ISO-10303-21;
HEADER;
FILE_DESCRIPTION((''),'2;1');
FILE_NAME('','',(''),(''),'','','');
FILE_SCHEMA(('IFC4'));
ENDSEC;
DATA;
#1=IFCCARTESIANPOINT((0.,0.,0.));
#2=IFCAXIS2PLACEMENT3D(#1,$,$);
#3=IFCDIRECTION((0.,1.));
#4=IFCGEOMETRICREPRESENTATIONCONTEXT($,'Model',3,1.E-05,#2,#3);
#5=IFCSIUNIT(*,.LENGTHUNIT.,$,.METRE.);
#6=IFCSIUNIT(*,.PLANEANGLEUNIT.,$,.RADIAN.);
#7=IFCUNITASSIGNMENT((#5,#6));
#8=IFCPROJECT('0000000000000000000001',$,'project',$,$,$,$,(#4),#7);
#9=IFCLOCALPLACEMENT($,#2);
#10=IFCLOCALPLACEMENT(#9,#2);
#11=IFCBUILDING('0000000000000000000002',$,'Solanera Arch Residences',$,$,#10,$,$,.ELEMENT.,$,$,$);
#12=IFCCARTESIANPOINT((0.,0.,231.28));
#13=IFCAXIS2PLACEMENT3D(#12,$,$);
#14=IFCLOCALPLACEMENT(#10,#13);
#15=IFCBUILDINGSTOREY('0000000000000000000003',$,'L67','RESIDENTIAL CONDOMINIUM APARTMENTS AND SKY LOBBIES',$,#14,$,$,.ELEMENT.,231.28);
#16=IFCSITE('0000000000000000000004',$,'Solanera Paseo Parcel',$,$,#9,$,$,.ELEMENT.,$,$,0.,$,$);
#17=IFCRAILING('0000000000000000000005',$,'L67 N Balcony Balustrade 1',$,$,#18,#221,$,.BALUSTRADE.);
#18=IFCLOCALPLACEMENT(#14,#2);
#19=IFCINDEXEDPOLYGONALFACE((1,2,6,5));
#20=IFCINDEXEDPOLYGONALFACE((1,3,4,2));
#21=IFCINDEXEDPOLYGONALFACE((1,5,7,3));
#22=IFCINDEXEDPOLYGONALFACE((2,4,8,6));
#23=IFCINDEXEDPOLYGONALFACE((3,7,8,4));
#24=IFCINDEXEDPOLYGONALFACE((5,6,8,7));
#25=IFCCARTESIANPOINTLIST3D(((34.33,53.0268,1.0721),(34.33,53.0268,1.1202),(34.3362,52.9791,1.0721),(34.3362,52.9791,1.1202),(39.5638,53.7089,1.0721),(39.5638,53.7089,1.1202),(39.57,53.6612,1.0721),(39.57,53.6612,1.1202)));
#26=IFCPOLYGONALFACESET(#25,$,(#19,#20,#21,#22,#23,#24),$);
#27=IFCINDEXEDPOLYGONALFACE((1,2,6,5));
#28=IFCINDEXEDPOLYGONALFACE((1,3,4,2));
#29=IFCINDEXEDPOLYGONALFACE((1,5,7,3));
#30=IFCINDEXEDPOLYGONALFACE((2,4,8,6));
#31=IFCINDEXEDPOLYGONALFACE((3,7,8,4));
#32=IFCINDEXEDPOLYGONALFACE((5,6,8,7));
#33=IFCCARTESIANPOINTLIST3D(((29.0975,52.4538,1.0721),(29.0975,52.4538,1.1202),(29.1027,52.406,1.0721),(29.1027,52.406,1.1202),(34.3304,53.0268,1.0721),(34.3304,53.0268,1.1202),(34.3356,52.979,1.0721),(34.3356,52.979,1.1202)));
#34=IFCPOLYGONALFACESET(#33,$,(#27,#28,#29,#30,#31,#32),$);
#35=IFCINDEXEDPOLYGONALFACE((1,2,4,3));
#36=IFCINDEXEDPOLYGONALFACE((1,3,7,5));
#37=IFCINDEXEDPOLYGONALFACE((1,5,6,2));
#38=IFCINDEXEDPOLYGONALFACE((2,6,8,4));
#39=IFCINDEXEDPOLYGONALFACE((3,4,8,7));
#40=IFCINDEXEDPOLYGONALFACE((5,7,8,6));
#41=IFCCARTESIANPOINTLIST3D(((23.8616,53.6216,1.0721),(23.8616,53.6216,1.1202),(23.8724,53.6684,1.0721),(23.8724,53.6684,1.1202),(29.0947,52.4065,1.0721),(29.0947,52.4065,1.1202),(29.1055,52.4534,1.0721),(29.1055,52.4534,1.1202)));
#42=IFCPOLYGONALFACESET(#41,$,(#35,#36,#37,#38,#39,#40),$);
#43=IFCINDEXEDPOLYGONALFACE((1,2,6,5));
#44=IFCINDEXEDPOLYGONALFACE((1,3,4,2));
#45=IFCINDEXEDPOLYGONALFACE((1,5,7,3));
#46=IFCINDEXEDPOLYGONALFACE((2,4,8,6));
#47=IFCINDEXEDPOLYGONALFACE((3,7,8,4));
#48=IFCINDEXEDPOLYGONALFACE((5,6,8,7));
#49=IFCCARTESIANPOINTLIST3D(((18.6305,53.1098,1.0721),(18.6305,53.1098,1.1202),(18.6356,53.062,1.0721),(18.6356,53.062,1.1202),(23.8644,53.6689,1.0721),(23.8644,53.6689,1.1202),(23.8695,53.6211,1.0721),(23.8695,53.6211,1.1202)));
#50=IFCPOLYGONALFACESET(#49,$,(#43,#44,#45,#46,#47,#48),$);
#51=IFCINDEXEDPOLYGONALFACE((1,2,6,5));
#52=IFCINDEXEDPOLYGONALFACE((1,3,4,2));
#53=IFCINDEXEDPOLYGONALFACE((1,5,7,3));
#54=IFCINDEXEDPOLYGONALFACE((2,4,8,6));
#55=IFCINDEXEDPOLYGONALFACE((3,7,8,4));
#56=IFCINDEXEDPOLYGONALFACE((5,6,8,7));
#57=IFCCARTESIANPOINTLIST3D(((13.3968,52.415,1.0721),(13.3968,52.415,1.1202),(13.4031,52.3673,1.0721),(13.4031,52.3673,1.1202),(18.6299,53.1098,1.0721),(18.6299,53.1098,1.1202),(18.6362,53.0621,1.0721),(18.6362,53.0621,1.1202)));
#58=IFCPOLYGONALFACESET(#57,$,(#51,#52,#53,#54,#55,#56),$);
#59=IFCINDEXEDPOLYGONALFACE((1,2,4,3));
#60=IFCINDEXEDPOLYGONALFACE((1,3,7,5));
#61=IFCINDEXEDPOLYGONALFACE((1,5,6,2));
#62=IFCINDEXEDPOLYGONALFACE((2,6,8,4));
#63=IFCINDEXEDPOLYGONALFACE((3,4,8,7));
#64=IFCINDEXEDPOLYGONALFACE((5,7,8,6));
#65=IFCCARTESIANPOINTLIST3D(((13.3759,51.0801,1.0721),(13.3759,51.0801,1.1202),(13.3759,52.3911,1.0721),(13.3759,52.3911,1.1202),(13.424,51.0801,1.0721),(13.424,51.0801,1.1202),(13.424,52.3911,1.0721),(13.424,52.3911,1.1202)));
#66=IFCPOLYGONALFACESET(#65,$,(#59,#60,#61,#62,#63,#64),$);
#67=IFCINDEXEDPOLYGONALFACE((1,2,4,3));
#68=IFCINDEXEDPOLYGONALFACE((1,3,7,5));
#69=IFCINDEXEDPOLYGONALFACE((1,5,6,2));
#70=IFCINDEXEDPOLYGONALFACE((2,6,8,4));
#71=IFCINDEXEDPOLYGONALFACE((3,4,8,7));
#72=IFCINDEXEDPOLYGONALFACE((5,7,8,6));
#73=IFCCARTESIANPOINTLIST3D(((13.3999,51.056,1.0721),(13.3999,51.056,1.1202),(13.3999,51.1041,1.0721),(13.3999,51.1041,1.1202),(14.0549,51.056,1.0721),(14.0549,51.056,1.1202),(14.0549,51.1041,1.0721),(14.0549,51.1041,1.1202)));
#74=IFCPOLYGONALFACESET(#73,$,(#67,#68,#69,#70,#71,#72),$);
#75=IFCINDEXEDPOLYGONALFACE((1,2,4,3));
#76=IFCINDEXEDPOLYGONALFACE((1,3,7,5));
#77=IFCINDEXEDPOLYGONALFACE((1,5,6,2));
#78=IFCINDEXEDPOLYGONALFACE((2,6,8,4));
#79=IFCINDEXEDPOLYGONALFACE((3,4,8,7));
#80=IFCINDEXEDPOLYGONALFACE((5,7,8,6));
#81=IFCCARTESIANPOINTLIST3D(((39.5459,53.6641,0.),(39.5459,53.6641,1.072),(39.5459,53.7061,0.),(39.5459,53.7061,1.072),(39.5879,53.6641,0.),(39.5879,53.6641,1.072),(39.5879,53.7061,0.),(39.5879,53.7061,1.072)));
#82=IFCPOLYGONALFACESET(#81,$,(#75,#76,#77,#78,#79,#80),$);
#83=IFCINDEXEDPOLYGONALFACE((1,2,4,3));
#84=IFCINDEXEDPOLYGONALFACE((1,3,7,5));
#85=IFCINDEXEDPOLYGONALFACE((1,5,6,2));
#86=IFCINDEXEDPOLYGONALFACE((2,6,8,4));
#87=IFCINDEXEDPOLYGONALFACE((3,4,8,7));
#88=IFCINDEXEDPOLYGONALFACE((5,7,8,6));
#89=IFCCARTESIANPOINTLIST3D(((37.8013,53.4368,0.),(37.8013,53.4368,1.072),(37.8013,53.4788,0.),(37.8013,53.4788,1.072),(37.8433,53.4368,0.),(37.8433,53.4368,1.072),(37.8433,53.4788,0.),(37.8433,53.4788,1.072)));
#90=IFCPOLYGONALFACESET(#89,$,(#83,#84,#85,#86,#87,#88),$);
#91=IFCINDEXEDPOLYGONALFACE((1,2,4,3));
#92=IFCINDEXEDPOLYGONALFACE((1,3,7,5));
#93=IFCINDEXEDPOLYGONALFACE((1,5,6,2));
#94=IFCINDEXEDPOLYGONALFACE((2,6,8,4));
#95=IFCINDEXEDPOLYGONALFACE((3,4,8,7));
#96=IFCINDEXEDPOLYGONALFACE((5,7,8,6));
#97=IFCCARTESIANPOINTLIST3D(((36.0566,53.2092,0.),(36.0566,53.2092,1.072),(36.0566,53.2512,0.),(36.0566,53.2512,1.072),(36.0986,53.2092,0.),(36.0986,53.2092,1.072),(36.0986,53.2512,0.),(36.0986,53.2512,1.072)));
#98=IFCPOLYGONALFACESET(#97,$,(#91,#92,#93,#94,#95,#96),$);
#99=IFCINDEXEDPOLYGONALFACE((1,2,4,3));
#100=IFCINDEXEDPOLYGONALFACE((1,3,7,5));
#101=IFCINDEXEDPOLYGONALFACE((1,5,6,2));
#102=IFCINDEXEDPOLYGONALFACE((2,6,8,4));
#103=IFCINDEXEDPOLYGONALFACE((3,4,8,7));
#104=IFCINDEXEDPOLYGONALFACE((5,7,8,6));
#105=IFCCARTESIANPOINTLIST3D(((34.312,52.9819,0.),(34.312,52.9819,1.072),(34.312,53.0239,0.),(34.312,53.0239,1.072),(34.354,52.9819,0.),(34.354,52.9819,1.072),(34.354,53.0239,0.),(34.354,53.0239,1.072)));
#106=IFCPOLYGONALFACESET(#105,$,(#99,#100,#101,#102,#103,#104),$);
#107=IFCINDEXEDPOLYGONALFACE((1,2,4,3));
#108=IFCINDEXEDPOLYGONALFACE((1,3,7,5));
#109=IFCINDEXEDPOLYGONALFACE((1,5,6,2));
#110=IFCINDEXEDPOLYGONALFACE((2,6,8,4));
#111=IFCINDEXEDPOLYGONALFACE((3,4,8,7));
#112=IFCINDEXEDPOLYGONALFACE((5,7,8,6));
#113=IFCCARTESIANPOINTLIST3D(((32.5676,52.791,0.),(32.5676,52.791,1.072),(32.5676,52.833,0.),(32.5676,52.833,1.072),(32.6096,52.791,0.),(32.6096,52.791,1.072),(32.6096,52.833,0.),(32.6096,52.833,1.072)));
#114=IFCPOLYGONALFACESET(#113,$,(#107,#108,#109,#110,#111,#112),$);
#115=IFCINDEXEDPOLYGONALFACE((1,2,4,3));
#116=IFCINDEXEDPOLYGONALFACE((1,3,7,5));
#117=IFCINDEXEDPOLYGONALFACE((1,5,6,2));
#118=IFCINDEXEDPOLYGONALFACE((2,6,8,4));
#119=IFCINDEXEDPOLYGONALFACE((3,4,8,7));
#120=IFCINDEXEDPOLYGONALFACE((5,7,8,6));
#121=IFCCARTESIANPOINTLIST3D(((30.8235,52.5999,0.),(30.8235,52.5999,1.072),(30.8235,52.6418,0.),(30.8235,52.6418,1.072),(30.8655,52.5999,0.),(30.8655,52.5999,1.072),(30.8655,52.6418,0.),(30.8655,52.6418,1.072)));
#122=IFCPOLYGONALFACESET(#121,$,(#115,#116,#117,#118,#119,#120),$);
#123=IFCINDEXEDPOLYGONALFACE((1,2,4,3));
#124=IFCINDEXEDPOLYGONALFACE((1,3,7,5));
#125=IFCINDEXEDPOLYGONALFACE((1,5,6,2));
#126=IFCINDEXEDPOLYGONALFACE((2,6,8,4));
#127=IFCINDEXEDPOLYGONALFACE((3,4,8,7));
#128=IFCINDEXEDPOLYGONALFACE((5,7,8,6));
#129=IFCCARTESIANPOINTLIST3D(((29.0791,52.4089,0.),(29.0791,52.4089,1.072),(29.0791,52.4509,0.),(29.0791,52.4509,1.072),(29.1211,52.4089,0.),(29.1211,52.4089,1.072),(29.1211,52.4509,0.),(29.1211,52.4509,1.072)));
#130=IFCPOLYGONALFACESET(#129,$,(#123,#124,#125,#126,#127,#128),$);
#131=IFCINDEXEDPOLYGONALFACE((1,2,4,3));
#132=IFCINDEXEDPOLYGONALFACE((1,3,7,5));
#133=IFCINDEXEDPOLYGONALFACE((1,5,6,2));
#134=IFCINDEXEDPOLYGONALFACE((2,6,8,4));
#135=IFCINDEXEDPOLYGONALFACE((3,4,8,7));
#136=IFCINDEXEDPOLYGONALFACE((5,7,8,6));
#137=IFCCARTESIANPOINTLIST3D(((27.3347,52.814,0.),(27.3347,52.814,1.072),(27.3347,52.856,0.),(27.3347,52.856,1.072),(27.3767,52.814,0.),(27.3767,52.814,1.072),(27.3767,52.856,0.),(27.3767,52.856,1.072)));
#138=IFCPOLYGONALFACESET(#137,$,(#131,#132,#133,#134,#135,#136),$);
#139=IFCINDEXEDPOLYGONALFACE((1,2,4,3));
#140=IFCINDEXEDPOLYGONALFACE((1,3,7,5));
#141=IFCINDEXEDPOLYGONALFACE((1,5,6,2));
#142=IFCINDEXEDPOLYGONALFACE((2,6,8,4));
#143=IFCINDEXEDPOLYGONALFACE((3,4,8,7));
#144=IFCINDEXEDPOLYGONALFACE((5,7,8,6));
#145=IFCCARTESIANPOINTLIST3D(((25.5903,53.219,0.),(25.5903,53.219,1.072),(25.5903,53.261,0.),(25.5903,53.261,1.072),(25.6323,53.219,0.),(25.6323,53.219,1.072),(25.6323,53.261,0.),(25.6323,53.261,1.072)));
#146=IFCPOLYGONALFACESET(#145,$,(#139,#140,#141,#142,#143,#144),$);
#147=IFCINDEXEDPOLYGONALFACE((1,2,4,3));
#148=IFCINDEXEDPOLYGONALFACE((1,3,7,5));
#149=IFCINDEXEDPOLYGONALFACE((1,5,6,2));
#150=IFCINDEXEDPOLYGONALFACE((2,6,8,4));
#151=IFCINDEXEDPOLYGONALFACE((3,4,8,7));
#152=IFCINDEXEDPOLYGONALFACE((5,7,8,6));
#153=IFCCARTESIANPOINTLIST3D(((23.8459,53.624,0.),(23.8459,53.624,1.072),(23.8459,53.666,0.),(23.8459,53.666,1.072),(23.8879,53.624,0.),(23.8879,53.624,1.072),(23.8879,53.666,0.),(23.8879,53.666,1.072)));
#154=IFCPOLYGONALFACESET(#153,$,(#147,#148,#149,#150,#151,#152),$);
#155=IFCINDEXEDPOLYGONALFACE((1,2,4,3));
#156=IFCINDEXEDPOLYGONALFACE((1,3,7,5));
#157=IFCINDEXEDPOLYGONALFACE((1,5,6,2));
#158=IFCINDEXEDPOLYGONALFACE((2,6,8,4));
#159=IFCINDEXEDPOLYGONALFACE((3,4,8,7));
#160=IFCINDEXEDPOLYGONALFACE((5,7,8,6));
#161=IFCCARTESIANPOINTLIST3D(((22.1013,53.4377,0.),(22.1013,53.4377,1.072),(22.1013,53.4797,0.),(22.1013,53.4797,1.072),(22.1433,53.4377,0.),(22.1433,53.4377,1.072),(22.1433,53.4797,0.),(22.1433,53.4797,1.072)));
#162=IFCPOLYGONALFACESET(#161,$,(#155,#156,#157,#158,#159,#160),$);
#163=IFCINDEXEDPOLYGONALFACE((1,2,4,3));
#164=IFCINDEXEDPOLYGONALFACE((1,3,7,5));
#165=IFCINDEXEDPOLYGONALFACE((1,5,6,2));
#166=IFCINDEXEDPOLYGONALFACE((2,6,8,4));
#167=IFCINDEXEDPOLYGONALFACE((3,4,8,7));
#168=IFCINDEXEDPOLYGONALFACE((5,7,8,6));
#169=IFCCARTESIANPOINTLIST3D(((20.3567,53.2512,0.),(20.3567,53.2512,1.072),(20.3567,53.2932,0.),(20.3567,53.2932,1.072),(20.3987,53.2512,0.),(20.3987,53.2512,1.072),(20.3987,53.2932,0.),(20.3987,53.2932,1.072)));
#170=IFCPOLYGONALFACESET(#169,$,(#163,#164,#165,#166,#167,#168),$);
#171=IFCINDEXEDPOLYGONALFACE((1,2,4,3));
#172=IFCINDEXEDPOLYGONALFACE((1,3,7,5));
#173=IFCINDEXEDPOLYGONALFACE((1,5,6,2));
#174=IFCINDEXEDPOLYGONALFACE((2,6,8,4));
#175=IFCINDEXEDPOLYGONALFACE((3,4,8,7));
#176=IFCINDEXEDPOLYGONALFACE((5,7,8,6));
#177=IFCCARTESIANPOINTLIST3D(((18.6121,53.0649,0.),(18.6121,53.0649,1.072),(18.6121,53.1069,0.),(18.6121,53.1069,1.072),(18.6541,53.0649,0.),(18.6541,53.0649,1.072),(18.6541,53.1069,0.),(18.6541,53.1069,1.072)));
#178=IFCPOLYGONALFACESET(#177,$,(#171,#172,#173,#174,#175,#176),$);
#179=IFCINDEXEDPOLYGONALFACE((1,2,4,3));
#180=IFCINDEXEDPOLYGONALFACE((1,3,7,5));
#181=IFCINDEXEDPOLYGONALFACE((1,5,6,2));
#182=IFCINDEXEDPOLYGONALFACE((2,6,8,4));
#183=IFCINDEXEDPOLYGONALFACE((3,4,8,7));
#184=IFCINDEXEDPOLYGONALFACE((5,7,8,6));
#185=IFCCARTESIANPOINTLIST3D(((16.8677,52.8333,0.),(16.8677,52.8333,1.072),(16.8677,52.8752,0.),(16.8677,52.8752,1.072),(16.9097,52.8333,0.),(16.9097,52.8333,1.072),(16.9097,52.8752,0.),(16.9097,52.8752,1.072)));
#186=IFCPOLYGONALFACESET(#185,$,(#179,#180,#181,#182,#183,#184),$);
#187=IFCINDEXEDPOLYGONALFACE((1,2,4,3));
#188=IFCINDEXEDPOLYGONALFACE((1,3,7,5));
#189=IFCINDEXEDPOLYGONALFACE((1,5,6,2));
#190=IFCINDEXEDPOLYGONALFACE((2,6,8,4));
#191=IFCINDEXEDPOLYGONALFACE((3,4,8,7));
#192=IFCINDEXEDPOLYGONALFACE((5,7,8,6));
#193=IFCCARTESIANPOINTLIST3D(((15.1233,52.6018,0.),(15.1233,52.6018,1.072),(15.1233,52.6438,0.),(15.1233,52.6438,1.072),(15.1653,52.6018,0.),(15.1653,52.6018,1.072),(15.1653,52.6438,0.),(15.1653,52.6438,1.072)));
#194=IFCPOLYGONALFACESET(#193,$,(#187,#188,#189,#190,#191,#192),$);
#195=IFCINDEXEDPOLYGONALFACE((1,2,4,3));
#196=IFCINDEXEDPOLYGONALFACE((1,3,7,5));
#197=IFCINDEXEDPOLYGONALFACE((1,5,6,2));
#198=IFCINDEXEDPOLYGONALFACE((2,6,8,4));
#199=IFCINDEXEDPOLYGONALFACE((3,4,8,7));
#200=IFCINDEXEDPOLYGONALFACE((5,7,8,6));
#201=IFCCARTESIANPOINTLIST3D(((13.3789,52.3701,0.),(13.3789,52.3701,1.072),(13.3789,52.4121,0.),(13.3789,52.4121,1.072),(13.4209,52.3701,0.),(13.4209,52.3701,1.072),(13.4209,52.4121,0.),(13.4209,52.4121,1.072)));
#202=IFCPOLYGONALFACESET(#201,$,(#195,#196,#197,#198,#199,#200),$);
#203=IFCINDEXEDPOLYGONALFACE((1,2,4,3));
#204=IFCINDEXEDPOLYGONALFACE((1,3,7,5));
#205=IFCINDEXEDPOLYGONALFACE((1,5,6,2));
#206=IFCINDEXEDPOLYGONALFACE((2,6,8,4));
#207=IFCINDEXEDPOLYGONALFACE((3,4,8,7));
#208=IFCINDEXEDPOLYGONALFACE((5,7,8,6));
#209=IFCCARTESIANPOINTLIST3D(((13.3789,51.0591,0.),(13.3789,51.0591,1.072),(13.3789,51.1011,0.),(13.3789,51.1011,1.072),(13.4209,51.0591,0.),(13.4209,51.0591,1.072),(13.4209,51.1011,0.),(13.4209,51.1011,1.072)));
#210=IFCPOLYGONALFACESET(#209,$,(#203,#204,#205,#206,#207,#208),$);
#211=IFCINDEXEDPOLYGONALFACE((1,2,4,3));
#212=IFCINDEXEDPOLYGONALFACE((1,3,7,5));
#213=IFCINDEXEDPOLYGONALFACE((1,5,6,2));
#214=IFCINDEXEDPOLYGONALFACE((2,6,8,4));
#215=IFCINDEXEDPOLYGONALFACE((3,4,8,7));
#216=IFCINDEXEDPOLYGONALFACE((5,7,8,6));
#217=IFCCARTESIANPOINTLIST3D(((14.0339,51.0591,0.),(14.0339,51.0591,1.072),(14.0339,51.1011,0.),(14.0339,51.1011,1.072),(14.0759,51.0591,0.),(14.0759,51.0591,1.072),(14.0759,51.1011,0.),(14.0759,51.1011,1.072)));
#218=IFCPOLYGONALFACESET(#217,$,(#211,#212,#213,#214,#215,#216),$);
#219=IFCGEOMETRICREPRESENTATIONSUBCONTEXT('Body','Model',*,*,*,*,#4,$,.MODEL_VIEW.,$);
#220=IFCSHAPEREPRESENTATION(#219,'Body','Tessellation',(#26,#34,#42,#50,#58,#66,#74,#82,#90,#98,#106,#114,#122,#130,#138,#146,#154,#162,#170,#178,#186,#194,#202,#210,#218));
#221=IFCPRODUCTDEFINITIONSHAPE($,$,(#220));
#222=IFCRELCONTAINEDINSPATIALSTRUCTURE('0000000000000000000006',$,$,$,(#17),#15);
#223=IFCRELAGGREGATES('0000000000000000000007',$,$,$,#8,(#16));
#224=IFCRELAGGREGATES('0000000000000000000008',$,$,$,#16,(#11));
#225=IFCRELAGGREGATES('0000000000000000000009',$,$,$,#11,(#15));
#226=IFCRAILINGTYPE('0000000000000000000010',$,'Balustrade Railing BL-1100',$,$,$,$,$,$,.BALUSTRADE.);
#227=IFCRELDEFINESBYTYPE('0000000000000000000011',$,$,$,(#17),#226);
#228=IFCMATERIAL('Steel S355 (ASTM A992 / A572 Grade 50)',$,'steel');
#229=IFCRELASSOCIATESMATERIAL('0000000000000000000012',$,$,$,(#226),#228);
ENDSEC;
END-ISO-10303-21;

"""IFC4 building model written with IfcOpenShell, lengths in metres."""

from ifc_helpers import new_model, si_unit, direction, frame, origin, origin_2d, place, context, subcontext, project, spatial, rectangle, extrude, material, type_object, element, save


model = new_model("IFC4")

# Units and contexts
model_context = context("Model", 3, precision=1e-05, world=origin(), true_north=direction((0.0, 1.0)))
body_context = subcontext(model_context, "Body", "Model", "MODEL_VIEW")
ifc_project = project(units=[si_unit("LENGTHUNIT", "METRE"), si_unit("PLANEANGLEUNIT", "RADIAN")], contexts=[model_context])

# Site, building, storey
site_placement = place(None, origin())
site = spatial("IfcSite", under=ifc_project, at=site_placement, Name="Solanera Paseo Parcel", CompositionType="ELEMENT", RefElevation=0.0)
building_placement = place(site_placement, origin())
building = spatial("IfcBuilding", under=site, at=building_placement, Name="Solanera Arch Residences", CompositionType="ELEMENT")
storey_placement = place(building_placement, frame((0.0, 0.0, 231.28)))
storey = spatial("IfcBuildingStorey", under=building, at=storey_placement, Name="L67", Description="RESIDENTIAL CONDOMINIUM APARTMENTS AND SKY LOBBIES", CompositionType="ELEMENT", Elevation=231.28)

# Railing
ifc_material_1 = material(Name="Steel S355 (ASTM A992 / A572 Grade 50)", Category="steel")
railing_type = type_object("IfcRailingType", Name="Balustrade Railing BL-1100", PredefinedType="BALUSTRADE", material=ifc_material_1)
railing_1_placement = place(storey_placement, frame((39.5669, 53.6851, 0.0)))
element("IfcRailing", 1, at=railing_1_placement, inside=storey, type_object=railing_type, Name="L67 N Balcony Balustrade 1", PredefinedType="BALUSTRADE", context=body_context, shape_type="SweptSolid", body=[
    extrude(rectangle(XDim=0.0481, YDim=0.0481, at=origin_2d()), frame((0.0, 0.0, 1.0962), z_axis=(-0.991614, -0.129236, 0.0), x_axis=(0.129236, -0.991614, 0.0)), (0.0, 0.0, 1.0), 5.2781),
    extrude(rectangle(XDim=0.0481, YDim=0.0481, at=origin_2d()), frame((-5.2339, -0.6821, 1.0962), z_axis=(-0.994058, -0.108848, 0.0), x_axis=(0.108848, -0.994058, 0.0)), (0.0, 0.0, 1.0), 5.2642),
    extrude(rectangle(XDim=0.0481, YDim=0.0481, at=origin_2d()), frame((-10.4668, -1.2551, 1.0962), z_axis=(-0.974087, 0.226174, 0.0), x_axis=(-0.226174, -0.974087, 0.0)), (0.0, 0.0, 1.0), 5.3723),
    extrude(rectangle(XDim=0.0481, YDim=0.0481, at=origin_2d()), frame((-15.7, -0.04, 1.0962), z_axis=(-0.994343, -0.106215, 0.0), x_axis=(0.106215, -0.994343, 0.0)), (0.0, 0.0, 1.0), 5.2637),
    extrude(rectangle(XDim=0.0481, YDim=0.0481, at=origin_2d()), frame((-20.9338, -0.5991, 1.0962), z_axis=(-0.9913, -0.131618, 0.0), x_axis=(0.131618, -0.9913, 0.0)), (0.0, 0.0, 1.0), 5.2791),
    extrude(rectangle(XDim=0.0481, YDim=0.0481, at=origin_2d()), frame((-26.167, -1.2939, 1.0962), z_axis=(0.0, -1.0, 0.0), x_axis=(1.0, 0.0, 0.0)), (0.0, 0.0, 1.0), 1.311),
    extrude(rectangle(XDim=0.0481, YDim=0.0481, at=origin_2d()), frame((-26.167, -2.605, 1.0962), z_axis=(1.0, 0.0, 0.0), x_axis=(0.0, 1.0, 0.0)), (0.0, 0.0, 1.0), 0.655),
    extrude(rectangle(XDim=0.042, YDim=0.042, at=origin_2d()), origin(), (0.0, 0.0, 1.0), 1.072),
    extrude(rectangle(XDim=0.042, YDim=0.042, at=origin_2d()), frame((-1.7446, -0.2273, 0.0)), (0.0, 0.0, 1.0), 1.072),
    extrude(rectangle(XDim=0.042, YDim=0.042, at=origin_2d()), frame((-3.4893, -0.4548, 0.0)), (0.0, 0.0, 1.0), 1.072),
    extrude(rectangle(XDim=0.042, YDim=0.042, at=origin_2d()), frame((-5.2339, -0.6821, 0.0)), (0.0, 0.0, 1.0), 1.072),
    extrude(rectangle(XDim=0.042, YDim=0.042, at=origin_2d()), frame((-6.9783, -0.873, 0.0)), (0.0, 0.0, 1.0), 1.072),
    extrude(rectangle(XDim=0.042, YDim=0.042, at=origin_2d()), frame((-8.7224, -1.0642, 0.0)), (0.0, 0.0, 1.0), 1.072),
    extrude(rectangle(XDim=0.042, YDim=0.042, at=origin_2d()), frame((-10.4668, -1.2551, 0.0)), (0.0, 0.0, 1.0), 1.072),
    extrude(rectangle(XDim=0.042, YDim=0.042, at=origin_2d()), frame((-12.2112, -0.8501, 0.0)), (0.0, 0.0, 1.0), 1.072),
    extrude(rectangle(XDim=0.042, YDim=0.042, at=origin_2d()), frame((-13.9556, -0.4451, 0.0)), (0.0, 0.0, 1.0), 1.072),
    extrude(rectangle(XDim=0.042, YDim=0.042, at=origin_2d()), frame((-15.7, -0.04, 0.0)), (0.0, 0.0, 1.0), 1.072),
    extrude(rectangle(XDim=0.042, YDim=0.042, at=origin_2d()), frame((-17.4446, -0.2263, 0.0)), (0.0, 0.0, 1.0), 1.072),
    extrude(rectangle(XDim=0.042, YDim=0.042, at=origin_2d()), frame((-19.1892, -0.4128, 0.0)), (0.0, 0.0, 1.0), 1.072),
    extrude(rectangle(XDim=0.042, YDim=0.042, at=origin_2d()), frame((-20.9338, -0.5991, 0.0)), (0.0, 0.0, 1.0), 1.072),
    extrude(rectangle(XDim=0.042, YDim=0.042, at=origin_2d()), frame((-22.6782, -0.8308, 0.0)), (0.0, 0.0, 1.0), 1.072),
    extrude(rectangle(XDim=0.042, YDim=0.042, at=origin_2d()), frame((-24.4226, -1.0623, 0.0)), (0.0, 0.0, 1.0), 1.072),
    extrude(rectangle(XDim=0.042, YDim=0.042, at=origin_2d()), frame((-26.167, -1.2939, 0.0)), (0.0, 0.0, 1.0), 1.072),
    extrude(rectangle(XDim=0.042, YDim=0.042, at=origin_2d()), frame((-26.167, -2.605, 0.0)), (0.0, 0.0, 1.0), 1.072),
    extrude(rectangle(XDim=0.042, YDim=0.042, at=origin_2d()), frame((-25.512, -2.605, 0.0)), (0.0, 0.0, 1.0), 1.072),
])

save(model, "model.ifc")
